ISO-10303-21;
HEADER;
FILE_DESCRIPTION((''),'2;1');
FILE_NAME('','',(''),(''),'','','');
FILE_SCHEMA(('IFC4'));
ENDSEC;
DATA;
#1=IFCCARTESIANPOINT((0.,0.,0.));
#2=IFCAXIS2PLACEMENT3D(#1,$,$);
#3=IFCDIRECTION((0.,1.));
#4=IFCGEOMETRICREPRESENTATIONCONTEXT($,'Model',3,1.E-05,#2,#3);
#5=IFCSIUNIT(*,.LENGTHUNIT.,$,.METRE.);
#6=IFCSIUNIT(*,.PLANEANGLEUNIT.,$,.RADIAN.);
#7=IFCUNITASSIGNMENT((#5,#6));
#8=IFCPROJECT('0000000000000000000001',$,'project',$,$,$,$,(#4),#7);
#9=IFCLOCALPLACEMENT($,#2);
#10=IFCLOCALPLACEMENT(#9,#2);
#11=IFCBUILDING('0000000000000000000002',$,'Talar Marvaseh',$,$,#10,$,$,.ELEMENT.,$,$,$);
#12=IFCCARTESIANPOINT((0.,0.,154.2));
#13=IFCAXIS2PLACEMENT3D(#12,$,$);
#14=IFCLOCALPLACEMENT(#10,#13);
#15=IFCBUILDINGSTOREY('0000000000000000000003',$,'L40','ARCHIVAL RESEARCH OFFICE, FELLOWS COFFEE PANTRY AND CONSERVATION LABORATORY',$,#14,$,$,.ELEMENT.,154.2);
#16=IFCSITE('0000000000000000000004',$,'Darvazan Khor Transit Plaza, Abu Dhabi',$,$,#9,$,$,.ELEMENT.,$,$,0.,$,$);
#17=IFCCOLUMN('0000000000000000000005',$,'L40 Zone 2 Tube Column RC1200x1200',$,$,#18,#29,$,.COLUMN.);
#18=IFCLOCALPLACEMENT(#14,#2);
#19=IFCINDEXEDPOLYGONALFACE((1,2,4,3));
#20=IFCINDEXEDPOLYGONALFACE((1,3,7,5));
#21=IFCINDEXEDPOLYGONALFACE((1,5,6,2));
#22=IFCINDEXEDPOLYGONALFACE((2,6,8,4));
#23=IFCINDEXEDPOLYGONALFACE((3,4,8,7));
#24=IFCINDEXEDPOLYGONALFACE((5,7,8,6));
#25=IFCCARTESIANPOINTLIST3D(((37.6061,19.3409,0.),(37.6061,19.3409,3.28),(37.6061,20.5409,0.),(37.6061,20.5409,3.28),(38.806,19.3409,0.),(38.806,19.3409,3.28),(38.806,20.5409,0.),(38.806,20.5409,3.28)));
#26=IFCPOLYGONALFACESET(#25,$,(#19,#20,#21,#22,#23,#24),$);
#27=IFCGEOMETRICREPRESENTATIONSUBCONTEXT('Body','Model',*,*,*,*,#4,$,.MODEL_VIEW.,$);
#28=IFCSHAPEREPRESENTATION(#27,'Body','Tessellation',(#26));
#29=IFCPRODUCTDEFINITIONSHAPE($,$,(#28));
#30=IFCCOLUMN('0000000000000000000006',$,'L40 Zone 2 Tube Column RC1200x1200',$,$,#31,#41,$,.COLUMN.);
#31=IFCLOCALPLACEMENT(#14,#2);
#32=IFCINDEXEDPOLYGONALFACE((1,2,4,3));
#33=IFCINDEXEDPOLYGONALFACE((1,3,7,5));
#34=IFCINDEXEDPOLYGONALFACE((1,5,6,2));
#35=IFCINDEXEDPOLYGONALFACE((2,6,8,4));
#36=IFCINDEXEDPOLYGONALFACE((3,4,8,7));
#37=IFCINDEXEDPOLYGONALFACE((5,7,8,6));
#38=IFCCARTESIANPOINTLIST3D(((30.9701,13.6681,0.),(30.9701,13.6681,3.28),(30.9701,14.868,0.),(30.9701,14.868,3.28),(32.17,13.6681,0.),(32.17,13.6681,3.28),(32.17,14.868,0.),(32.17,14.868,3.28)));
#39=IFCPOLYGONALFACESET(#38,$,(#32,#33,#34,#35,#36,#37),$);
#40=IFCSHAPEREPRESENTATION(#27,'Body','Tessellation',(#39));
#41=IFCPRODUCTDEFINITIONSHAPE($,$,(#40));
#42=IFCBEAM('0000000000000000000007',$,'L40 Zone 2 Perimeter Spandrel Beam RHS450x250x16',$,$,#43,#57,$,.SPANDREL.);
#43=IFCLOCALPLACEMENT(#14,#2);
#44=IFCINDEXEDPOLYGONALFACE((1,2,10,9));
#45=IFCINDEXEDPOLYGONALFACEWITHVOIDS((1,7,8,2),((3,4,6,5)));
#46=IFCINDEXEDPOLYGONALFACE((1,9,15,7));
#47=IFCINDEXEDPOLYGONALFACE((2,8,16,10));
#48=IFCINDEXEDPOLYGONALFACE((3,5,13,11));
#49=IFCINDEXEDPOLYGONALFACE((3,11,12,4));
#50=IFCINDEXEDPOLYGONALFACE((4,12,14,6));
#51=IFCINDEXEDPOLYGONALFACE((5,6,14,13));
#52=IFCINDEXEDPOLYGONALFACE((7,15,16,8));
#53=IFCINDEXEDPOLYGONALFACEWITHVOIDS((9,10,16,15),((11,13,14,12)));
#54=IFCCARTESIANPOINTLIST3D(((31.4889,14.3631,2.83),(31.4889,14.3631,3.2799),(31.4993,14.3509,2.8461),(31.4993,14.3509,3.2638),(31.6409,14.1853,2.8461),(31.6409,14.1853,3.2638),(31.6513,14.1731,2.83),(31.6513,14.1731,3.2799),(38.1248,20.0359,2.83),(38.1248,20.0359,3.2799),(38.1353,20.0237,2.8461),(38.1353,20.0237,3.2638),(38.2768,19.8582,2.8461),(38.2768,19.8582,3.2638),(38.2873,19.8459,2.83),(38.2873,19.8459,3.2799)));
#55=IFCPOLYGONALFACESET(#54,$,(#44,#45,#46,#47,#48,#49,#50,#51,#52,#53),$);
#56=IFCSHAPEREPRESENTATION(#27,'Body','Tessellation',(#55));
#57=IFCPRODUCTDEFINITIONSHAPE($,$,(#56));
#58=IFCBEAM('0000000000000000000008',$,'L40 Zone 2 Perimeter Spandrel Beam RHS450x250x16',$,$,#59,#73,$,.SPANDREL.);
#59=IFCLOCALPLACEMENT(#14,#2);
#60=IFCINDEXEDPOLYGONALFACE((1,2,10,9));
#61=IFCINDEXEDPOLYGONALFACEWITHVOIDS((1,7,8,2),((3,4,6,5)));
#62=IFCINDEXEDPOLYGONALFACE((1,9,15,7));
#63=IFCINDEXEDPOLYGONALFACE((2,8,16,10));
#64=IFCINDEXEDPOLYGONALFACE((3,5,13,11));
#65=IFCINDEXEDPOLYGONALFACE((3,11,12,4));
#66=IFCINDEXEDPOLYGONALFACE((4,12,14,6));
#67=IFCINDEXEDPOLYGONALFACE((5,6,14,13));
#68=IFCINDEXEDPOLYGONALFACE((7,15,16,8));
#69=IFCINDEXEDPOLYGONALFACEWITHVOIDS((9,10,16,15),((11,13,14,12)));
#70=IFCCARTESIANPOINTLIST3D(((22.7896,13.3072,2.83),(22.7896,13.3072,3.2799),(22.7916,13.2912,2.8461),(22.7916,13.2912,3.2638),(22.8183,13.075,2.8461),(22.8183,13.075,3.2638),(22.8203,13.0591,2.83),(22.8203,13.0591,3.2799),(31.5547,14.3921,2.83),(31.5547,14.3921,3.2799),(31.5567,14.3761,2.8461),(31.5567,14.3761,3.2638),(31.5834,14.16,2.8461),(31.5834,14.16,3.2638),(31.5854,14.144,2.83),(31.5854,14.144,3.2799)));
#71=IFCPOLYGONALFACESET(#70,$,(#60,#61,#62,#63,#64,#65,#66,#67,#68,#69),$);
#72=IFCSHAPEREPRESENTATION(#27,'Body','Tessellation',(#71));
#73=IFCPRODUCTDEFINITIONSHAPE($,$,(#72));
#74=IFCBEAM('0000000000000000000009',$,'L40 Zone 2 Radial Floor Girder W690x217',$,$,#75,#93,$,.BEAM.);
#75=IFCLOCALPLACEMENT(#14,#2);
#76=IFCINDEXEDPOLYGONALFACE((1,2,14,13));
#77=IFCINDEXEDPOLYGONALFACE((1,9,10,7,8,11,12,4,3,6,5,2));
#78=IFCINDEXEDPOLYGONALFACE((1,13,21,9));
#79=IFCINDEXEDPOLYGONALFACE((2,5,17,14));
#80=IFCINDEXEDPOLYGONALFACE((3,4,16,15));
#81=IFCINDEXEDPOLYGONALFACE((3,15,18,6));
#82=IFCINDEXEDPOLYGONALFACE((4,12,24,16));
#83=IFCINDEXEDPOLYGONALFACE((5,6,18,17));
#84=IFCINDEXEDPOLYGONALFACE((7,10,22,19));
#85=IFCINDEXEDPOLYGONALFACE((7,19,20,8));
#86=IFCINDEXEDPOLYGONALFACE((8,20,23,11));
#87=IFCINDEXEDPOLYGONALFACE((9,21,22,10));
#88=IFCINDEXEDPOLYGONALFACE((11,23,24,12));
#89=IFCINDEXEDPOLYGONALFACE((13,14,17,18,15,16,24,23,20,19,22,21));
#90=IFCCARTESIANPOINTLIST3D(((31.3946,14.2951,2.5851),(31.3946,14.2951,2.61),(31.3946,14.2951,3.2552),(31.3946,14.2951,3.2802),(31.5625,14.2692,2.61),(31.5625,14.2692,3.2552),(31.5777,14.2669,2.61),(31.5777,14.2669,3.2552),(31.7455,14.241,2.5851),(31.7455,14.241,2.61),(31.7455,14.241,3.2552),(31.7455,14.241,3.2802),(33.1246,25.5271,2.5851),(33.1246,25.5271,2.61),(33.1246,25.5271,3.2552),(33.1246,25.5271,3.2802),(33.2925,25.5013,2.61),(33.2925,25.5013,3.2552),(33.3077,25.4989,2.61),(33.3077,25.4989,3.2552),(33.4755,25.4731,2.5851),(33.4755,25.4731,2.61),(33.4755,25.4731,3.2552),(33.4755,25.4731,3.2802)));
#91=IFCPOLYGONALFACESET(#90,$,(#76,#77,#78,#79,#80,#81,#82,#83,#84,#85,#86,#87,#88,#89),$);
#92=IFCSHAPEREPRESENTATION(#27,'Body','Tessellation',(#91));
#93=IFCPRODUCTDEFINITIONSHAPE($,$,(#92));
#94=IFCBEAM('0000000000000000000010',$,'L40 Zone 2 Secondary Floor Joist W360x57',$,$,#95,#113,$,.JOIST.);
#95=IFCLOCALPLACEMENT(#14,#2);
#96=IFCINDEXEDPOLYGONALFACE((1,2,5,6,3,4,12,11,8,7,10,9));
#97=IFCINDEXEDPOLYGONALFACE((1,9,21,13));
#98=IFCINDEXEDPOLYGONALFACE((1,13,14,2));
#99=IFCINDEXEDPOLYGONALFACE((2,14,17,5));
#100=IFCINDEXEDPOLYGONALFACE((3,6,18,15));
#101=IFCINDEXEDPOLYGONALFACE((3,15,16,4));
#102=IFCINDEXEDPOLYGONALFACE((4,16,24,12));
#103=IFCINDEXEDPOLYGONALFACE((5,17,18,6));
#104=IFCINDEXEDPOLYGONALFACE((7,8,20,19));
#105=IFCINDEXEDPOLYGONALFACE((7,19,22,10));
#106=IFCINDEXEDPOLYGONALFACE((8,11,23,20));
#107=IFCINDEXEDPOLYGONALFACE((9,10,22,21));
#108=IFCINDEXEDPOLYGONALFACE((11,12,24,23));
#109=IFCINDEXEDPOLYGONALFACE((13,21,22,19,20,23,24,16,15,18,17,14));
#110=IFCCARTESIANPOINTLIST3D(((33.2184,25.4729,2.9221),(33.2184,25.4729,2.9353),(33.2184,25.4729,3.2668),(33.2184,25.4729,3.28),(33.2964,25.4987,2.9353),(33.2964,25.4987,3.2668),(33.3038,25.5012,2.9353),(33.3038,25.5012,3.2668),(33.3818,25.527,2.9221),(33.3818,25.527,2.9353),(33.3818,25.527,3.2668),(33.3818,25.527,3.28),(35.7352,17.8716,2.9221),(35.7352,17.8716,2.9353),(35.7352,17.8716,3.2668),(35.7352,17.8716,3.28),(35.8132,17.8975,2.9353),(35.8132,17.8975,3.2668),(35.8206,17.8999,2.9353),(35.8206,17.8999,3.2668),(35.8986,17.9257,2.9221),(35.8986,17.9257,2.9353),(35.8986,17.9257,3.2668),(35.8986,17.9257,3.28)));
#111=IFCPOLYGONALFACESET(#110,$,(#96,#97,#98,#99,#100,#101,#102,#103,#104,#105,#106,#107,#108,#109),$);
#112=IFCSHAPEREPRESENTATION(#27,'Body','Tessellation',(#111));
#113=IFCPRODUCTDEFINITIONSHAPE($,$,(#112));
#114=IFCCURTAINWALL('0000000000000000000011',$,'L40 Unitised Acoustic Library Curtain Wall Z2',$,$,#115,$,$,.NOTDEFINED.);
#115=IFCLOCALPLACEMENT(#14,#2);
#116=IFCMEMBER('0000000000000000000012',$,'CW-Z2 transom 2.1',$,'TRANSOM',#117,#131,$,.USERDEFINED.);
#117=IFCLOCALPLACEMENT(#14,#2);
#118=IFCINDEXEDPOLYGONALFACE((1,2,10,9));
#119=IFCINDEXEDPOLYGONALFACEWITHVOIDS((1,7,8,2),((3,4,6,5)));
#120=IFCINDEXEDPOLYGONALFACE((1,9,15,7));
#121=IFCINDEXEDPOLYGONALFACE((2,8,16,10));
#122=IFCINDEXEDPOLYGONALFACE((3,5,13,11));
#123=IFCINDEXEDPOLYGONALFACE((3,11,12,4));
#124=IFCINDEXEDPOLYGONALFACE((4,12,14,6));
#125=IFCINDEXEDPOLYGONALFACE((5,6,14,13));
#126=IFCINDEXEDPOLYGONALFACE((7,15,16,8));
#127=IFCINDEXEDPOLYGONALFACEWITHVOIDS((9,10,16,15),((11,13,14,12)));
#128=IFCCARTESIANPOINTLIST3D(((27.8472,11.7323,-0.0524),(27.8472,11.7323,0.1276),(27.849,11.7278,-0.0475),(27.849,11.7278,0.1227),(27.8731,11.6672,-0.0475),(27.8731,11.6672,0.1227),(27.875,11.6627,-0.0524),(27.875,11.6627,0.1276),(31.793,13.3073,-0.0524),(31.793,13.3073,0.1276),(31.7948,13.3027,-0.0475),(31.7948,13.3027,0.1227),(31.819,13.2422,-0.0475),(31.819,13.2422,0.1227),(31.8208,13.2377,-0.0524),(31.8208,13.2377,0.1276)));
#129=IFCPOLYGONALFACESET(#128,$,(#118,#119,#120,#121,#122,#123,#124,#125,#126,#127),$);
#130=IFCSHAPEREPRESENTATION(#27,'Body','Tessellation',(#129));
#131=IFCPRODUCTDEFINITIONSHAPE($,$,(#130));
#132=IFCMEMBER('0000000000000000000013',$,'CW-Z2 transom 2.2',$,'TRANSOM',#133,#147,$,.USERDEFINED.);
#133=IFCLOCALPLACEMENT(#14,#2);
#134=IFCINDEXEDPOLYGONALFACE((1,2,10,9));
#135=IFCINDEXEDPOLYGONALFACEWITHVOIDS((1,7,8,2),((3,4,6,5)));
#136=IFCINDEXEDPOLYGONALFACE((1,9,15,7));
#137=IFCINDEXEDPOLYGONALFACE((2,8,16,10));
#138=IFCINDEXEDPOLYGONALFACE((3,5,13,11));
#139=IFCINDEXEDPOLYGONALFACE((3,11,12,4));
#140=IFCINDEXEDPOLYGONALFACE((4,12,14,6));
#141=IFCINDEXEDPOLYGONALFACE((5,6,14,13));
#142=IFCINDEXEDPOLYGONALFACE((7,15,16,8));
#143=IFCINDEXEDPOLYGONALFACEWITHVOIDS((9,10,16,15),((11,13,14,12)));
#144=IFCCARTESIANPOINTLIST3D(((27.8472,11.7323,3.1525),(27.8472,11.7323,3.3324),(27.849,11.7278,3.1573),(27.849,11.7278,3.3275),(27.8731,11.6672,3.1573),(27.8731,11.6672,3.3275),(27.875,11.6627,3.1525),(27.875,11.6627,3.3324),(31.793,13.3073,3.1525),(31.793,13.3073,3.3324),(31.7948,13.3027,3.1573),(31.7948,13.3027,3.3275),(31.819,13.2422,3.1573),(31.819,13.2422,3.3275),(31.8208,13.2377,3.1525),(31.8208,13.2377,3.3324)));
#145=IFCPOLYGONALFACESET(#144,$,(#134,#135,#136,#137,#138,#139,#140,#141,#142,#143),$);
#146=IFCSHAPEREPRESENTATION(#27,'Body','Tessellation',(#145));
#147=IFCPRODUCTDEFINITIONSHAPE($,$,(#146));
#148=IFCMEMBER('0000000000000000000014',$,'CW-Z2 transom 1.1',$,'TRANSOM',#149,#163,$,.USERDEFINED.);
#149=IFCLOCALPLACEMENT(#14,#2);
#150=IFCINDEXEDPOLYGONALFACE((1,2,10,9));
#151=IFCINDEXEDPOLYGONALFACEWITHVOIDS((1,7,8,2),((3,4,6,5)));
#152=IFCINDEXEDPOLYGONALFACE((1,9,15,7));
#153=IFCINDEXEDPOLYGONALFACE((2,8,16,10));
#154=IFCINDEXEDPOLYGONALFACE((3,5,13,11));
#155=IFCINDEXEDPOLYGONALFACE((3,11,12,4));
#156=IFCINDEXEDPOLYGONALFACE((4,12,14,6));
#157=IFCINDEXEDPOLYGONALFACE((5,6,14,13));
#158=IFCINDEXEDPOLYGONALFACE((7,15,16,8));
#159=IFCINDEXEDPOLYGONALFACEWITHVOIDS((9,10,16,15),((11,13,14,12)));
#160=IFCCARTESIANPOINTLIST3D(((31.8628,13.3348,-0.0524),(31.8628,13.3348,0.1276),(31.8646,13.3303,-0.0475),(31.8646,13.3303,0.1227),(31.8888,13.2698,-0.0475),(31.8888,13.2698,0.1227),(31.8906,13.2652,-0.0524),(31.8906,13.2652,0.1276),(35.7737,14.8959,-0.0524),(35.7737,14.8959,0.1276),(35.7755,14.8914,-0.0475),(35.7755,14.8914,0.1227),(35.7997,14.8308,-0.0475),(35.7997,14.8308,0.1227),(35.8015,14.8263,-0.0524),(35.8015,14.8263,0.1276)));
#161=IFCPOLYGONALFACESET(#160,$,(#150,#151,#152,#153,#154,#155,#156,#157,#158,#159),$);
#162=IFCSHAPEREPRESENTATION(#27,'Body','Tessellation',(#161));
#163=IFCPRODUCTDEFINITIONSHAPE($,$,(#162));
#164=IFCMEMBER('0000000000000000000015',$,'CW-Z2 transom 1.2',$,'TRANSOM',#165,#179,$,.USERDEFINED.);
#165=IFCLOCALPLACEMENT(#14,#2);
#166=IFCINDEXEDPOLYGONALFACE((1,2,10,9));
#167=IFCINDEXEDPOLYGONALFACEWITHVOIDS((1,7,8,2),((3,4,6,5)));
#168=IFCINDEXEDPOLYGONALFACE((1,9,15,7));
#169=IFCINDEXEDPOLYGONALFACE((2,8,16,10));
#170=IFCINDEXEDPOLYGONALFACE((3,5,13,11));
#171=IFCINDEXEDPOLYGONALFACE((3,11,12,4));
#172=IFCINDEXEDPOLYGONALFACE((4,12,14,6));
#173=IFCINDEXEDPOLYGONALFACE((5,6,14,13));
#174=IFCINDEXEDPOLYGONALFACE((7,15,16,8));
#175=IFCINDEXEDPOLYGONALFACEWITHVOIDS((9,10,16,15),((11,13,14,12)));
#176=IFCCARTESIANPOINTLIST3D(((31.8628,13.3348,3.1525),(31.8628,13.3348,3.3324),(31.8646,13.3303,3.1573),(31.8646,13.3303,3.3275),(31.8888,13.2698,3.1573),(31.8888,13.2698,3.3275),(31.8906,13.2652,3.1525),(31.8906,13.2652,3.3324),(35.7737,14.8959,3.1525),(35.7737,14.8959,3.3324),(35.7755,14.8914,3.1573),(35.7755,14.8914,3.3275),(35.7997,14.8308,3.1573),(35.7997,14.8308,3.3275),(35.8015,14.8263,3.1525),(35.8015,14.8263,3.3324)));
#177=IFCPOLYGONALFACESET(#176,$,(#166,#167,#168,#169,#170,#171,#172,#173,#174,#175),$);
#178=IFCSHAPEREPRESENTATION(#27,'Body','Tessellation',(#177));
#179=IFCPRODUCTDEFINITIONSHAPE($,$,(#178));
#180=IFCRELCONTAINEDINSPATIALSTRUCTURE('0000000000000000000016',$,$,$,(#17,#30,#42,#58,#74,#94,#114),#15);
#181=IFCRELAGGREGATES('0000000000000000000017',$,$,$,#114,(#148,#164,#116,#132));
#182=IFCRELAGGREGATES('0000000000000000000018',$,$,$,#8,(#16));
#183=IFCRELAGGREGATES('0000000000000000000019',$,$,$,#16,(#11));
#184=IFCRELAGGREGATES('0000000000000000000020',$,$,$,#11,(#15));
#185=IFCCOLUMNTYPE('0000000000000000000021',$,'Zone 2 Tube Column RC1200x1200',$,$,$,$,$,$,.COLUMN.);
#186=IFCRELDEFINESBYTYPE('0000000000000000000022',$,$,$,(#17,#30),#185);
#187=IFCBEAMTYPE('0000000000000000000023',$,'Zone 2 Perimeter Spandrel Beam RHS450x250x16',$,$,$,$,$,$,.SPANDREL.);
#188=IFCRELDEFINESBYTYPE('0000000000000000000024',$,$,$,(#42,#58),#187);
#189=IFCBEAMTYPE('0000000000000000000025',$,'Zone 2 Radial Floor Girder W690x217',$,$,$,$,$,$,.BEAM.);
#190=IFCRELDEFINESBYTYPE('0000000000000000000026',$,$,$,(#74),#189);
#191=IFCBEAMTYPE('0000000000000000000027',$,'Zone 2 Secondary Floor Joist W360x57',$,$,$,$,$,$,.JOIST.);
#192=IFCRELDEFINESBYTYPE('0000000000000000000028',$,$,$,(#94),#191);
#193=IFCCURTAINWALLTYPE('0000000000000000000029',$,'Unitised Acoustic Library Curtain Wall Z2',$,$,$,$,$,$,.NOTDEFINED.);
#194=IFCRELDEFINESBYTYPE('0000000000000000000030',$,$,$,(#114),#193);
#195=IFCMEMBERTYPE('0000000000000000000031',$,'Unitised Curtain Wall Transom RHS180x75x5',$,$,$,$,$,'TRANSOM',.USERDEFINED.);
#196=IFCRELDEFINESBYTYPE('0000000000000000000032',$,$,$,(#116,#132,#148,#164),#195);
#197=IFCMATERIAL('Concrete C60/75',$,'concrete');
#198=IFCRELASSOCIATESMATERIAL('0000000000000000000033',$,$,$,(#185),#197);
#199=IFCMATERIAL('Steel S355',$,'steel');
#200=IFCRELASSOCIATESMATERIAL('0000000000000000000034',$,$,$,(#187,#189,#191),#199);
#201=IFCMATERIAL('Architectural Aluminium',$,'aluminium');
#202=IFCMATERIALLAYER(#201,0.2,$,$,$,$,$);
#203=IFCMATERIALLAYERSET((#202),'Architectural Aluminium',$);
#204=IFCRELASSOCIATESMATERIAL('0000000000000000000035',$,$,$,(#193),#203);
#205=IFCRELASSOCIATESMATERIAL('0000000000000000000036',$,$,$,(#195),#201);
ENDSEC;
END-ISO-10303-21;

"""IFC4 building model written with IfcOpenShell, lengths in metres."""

from ifc_helpers import new_model, si_unit, direction, frame, origin, origin_2d, place, context, subcontext, project, spatial, rectangle, hollow_rectangle, i_section, extrude, source, transform, mapped, material, layer, layer_set, material_profile, profile_set, type_object, type_shapes, element, aggregate, save


model = new_model("IFC4")

# Units and contexts
model_context = context("Model", 3, precision=1e-05, world=origin(), true_north=direction((0.0, 1.0)))
body_context = subcontext(model_context, "Body", "Model", "MODEL_VIEW")
ifc_project = project(units=[si_unit("LENGTHUNIT", "METRE"), si_unit("PLANEANGLEUNIT", "RADIAN")], contexts=[model_context])

# Site, building, storey
site_placement = place(None, origin())
site = spatial("IfcSite", under=ifc_project, at=site_placement, Name="Darvazan Khor Transit Plaza, Abu Dhabi", CompositionType="ELEMENT", RefElevation=0.0)
building_placement = place(site_placement, origin())
building = spatial("IfcBuilding", under=site, at=building_placement, Name="Talar Marvaseh", CompositionType="ELEMENT")
storey_placement = place(building_placement, frame((0.0, 0.0, 154.2)))
storey = spatial("IfcBuildingStorey", under=building, at=storey_placement, Name="L40", Description="ARCHIVAL RESEARCH OFFICE, FELLOWS COFFEE PANTRY AND CONSERVATION LABORATORY", CompositionType="ELEMENT", Elevation=154.2)

# Columns
ifc_material_1 = material(Name="Concrete C60/75", Category="concrete")
ifc_material_profile_1 = material_profile(ifc_material_1, rectangle(XDim=1.2, YDim=1.2, at=origin_2d()), Name="RC1200x1200")
ifc_profile_set_1 = profile_set([ifc_material_profile_1], Name="Concrete C60/75")
column_type = type_object("IfcColumnType", Name="Zone 2 Tube Column RC1200x1200", PredefinedType="COLUMN", material=ifc_profile_set_1)
for number, where, z_axis, x_axis, name in (
    (1, (38.2061, 19.9409, 0.0), (0.0, 0.0, 1.0), (1.0, 0.0, 0.0), "L40 Zone 2 Tube Column RC1200x1200"),
    (2, (31.5701, 14.2681, 0.0), (0.0, 0.0, 1.0), (1.0, 0.0, 0.0), "L40 Zone 2 Tube Column RC1200x1200"),
):
    element("IfcColumn", number, at=place(storey_placement, frame(where, z_axis=z_axis, x_axis=x_axis)), inside=storey, type_object=column_type, Name=name, PredefinedType="COLUMN", context=body_context, shape_type="SweptSolid", body=[
        extrude(rectangle(XDim=1.2, YDim=1.2, at=origin_2d()), origin(), (0.0, 0.0, 1.0), 3.28),
    ])

# Beams
ifc_material_2 = material(Name="Steel S355", Category="steel")
ifc_material_profile_2 = material_profile(ifc_material_2, hollow_rectangle(XDim=0.25, YDim=0.45, WallThickness=0.0161, at=origin_2d()), Name="RHS450x250x16")
ifc_profile_set_2 = profile_set([ifc_material_profile_2], Name="Steel S355")
beam_type_1 = type_object("IfcBeamType", Name="Zone 2 Perimeter Spandrel Beam RHS450x250x16", PredefinedType="SPANDREL", material=ifc_profile_set_2)
beam_1_placement = place(storey_placement, frame((38.2061, 19.9409, 3.0549), z_axis=(-0.760113, -0.649791, 0.0), x_axis=(0.649791, -0.760113, 0.0)))
element("IfcBeam", 3, at=beam_1_placement, inside=storey, type_object=beam_type_1, Name="L40 Zone 2 Perimeter Spandrel Beam RHS450x250x16", PredefinedType="SPANDREL", context=body_context, shape_type="SweptSolid", body=[
    extrude(hollow_rectangle(XDim=0.25, YDim=0.45, WallThickness=0.0161, at=origin_2d()), origin(), (0.0, 0.0, 1.0), 8.7302),
])
beam_2_placement = place(storey_placement, frame((31.5701, 14.2681, 3.0549), z_axis=(-0.992426, -0.122844, 0.0), x_axis=(0.122844, -0.992426, 0.0)))
element("IfcBeam", 4, at=beam_2_placement, inside=storey, type_object=beam_type_1, Name="L40 Zone 2 Perimeter Spandrel Beam RHS450x250x16", PredefinedType="SPANDREL", context=body_context, shape_type="SweptSolid", body=[
    extrude(hollow_rectangle(XDim=0.25, YDim=0.45, WallThickness=0.0161, at=origin_2d()), origin(), (0.0, 0.0, 1.0), 8.832),
])
ifc_material_profile_3 = material_profile(ifc_material_2, i_section(OverallWidth=0.355, OverallDepth=0.6951, WebThickness=0.0154, FlangeThickness=0.0249, at=origin_2d()), Name="W690x217")
ifc_profile_set_3 = profile_set([ifc_material_profile_3], Name="Steel S355")
beam_type_2 = type_object("IfcBeamType", Name="Zone 2 Radial Floor Girder W690x217", PredefinedType="BEAM", material=ifc_profile_set_3)
beam_3_placement = place(storey_placement, frame((31.5701, 14.2681, 2.9326), z_axis=(0.152228, 0.988345, 0.0), x_axis=(-0.988345, 0.152228, 0.0)))
element("IfcBeam", 5, at=beam_3_placement, inside=storey, type_object=beam_type_2, Name="L40 Zone 2 Radial Floor Girder W690x217", PredefinedType="BEAM", context=body_context, shape_type="SweptSolid", body=[
    extrude(i_section(OverallWidth=0.355, OverallDepth=0.6951, WebThickness=0.0154, FlangeThickness=0.0249, at=origin_2d()), origin(), (0.0, 0.0, 1.0), 11.3645),
])
ifc_material_profile_4 = material_profile(ifc_material_2, i_section(OverallWidth=0.1721, OverallDepth=0.3579, WebThickness=0.0078, FlangeThickness=0.0132, at=origin_2d()), Name="W360x57")
ifc_profile_set_4 = profile_set([ifc_material_profile_4], Name="Steel S355")
beam_type_3 = type_object("IfcBeamType", Name="Zone 2 Secondary Floor Joist W360x57", PredefinedType="JOIST", material=ifc_profile_set_4)
beam_4_placement = place(storey_placement, frame((35.8169, 17.8987, 3.1011), z_axis=(-0.314325, 0.949316, 0.0), x_axis=(-0.949316, -0.314325, 0.0)))
element("IfcBeam", 6, at=beam_4_placement, inside=storey, type_object=beam_type_3, Name="L40 Zone 2 Secondary Floor Joist W360x57", PredefinedType="JOIST", context=body_context, shape_type="SweptSolid", body=[
    extrude(i_section(OverallWidth=0.1721, OverallDepth=0.3579, WebThickness=0.0078, FlangeThickness=0.0132, at=origin_2d()), origin(), (0.0, 0.0, 1.0), 8.0071),
])

# Curtain wall, members
ifc_material_3 = material(Name="Architectural Aluminium", Category="aluminium")
ifc_layer_1 = layer(ifc_material_3, 0.2)
ifc_layer_set_1 = layer_set([ifc_layer_1], Name="Architectural Aluminium")
curtain_wall_type = type_object("IfcCurtainWallType", Name="Unitised Acoustic Library Curtain Wall Z2", PredefinedType="NOTDEFINED", material=ifc_layer_set_1)
curtain_wall_1_placement = place(storey_placement, origin())
curtain_wall_1 = element("IfcCurtainWall", 7, at=curtain_wall_1_placement, inside=storey, type_object=curtain_wall_type, Name="L40 Unitised Acoustic Library Curtain Wall Z2", PredefinedType="NOTDEFINED")
ifc_material_profile_5 = material_profile(ifc_material_3, hollow_rectangle(XDim=0.075, YDim=0.1799, WallThickness=0.0049, at=origin_2d()), Name="RHS180x75x5")
ifc_profile_set_5 = profile_set([ifc_material_profile_5], Name="Architectural Aluminium")
member_type_1 = type_object("IfcMemberType", Name="Unitised Curtain Wall Transom RHS180x75x5", ElementType="TRANSOM", PredefinedType="USERDEFINED", material=ifc_profile_set_5)
shared_shape_1 = source(origin(), body_context, "Body", "SweptSolid", [
    extrude(hollow_rectangle(XDim=0.075, YDim=0.1799, WallThickness=0.0049, at=origin_2d()), origin(), (0.0, 0.0, 1.0), 4.2485),
])
member_1_placement = place(storey_placement, frame((31.8069, 13.2725, 0.0376), z_axis=(-0.92875, -0.370707, 0.0), x_axis=(0.370707, -0.92875, 0.0)))
member_1 = element("IfcMember", 8, at=member_1_placement, type_object=member_type_1, Name="CW-Z2 transom 2.1", ObjectType="TRANSOM", PredefinedType="USERDEFINED", context=body_context, shape_type="MappedRepresentation", body=[
    mapped(shared_shape_1, transform((0.0, 0.0, 0.0), x_axis=(1.0, 0.0, 0.0), y_axis=(0.0, 1.0, 0.0), z_axis=(0.0, 0.0, 1.0), scale=1.0)),
])
member_2_placement = place(storey_placement, frame((31.8069, 13.2725, 3.2424), z_axis=(-0.92875, -0.370707, 0.0), x_axis=(0.370707, -0.92875, 0.0)))
member_2 = element("IfcMember", 9, at=member_2_placement, type_object=member_type_1, Name="CW-Z2 transom 2.2", ObjectType="TRANSOM", PredefinedType="USERDEFINED", context=body_context, shape_type="MappedRepresentation", body=[
    mapped(shared_shape_1, transform((0.0, 0.0, 0.0), x_axis=(1.0, 0.0, 0.0), y_axis=(0.0, 1.0, 0.0), z_axis=(0.0, 0.0, 1.0), scale=1.0)),
])
shared_shape_2 = source(origin(), body_context, "Body", "SweptSolid", [
    extrude(hollow_rectangle(XDim=0.075, YDim=0.1799, WallThickness=0.0049, at=origin_2d()), origin(), (0.0, 0.0, 1.0), 4.2109),
])
type_shapes(member_type_1, [shared_shape_1, shared_shape_2])
member_3_placement = place(storey_placement, frame((35.7876, 14.8611, 0.0376), z_axis=(-0.928748, -0.370711, 0.0), x_axis=(0.370711, -0.928748, 0.0)))
member_3 = element("IfcMember", 10, at=member_3_placement, type_object=member_type_1, Name="CW-Z2 transom 1.1", ObjectType="TRANSOM", PredefinedType="USERDEFINED", context=body_context, shape_type="MappedRepresentation", body=[
    mapped(shared_shape_2, transform((0.0, 0.0, 0.0), x_axis=(1.0, 0.0, 0.0), y_axis=(0.0, 1.0, 0.0), z_axis=(0.0, 0.0, 1.0), scale=1.0)),
])
member_4_placement = place(storey_placement, frame((35.7876, 14.8611, 3.2424), z_axis=(-0.928748, -0.370711, 0.0), x_axis=(0.370711, -0.928748, 0.0)))
member_4 = element("IfcMember", 11, at=member_4_placement, type_object=member_type_1, Name="CW-Z2 transom 1.2", ObjectType="TRANSOM", PredefinedType="USERDEFINED", context=body_context, shape_type="MappedRepresentation", body=[
    mapped(shared_shape_2, transform((0.0, 0.0, 0.0), x_axis=(1.0, 0.0, 0.0), y_axis=(0.0, 1.0, 0.0), z_axis=(0.0, 0.0, 1.0), scale=1.0)),
])

aggregate(curtain_wall_1, [member_3, member_4, member_1, member_2])

save(model, "model.ifc")
